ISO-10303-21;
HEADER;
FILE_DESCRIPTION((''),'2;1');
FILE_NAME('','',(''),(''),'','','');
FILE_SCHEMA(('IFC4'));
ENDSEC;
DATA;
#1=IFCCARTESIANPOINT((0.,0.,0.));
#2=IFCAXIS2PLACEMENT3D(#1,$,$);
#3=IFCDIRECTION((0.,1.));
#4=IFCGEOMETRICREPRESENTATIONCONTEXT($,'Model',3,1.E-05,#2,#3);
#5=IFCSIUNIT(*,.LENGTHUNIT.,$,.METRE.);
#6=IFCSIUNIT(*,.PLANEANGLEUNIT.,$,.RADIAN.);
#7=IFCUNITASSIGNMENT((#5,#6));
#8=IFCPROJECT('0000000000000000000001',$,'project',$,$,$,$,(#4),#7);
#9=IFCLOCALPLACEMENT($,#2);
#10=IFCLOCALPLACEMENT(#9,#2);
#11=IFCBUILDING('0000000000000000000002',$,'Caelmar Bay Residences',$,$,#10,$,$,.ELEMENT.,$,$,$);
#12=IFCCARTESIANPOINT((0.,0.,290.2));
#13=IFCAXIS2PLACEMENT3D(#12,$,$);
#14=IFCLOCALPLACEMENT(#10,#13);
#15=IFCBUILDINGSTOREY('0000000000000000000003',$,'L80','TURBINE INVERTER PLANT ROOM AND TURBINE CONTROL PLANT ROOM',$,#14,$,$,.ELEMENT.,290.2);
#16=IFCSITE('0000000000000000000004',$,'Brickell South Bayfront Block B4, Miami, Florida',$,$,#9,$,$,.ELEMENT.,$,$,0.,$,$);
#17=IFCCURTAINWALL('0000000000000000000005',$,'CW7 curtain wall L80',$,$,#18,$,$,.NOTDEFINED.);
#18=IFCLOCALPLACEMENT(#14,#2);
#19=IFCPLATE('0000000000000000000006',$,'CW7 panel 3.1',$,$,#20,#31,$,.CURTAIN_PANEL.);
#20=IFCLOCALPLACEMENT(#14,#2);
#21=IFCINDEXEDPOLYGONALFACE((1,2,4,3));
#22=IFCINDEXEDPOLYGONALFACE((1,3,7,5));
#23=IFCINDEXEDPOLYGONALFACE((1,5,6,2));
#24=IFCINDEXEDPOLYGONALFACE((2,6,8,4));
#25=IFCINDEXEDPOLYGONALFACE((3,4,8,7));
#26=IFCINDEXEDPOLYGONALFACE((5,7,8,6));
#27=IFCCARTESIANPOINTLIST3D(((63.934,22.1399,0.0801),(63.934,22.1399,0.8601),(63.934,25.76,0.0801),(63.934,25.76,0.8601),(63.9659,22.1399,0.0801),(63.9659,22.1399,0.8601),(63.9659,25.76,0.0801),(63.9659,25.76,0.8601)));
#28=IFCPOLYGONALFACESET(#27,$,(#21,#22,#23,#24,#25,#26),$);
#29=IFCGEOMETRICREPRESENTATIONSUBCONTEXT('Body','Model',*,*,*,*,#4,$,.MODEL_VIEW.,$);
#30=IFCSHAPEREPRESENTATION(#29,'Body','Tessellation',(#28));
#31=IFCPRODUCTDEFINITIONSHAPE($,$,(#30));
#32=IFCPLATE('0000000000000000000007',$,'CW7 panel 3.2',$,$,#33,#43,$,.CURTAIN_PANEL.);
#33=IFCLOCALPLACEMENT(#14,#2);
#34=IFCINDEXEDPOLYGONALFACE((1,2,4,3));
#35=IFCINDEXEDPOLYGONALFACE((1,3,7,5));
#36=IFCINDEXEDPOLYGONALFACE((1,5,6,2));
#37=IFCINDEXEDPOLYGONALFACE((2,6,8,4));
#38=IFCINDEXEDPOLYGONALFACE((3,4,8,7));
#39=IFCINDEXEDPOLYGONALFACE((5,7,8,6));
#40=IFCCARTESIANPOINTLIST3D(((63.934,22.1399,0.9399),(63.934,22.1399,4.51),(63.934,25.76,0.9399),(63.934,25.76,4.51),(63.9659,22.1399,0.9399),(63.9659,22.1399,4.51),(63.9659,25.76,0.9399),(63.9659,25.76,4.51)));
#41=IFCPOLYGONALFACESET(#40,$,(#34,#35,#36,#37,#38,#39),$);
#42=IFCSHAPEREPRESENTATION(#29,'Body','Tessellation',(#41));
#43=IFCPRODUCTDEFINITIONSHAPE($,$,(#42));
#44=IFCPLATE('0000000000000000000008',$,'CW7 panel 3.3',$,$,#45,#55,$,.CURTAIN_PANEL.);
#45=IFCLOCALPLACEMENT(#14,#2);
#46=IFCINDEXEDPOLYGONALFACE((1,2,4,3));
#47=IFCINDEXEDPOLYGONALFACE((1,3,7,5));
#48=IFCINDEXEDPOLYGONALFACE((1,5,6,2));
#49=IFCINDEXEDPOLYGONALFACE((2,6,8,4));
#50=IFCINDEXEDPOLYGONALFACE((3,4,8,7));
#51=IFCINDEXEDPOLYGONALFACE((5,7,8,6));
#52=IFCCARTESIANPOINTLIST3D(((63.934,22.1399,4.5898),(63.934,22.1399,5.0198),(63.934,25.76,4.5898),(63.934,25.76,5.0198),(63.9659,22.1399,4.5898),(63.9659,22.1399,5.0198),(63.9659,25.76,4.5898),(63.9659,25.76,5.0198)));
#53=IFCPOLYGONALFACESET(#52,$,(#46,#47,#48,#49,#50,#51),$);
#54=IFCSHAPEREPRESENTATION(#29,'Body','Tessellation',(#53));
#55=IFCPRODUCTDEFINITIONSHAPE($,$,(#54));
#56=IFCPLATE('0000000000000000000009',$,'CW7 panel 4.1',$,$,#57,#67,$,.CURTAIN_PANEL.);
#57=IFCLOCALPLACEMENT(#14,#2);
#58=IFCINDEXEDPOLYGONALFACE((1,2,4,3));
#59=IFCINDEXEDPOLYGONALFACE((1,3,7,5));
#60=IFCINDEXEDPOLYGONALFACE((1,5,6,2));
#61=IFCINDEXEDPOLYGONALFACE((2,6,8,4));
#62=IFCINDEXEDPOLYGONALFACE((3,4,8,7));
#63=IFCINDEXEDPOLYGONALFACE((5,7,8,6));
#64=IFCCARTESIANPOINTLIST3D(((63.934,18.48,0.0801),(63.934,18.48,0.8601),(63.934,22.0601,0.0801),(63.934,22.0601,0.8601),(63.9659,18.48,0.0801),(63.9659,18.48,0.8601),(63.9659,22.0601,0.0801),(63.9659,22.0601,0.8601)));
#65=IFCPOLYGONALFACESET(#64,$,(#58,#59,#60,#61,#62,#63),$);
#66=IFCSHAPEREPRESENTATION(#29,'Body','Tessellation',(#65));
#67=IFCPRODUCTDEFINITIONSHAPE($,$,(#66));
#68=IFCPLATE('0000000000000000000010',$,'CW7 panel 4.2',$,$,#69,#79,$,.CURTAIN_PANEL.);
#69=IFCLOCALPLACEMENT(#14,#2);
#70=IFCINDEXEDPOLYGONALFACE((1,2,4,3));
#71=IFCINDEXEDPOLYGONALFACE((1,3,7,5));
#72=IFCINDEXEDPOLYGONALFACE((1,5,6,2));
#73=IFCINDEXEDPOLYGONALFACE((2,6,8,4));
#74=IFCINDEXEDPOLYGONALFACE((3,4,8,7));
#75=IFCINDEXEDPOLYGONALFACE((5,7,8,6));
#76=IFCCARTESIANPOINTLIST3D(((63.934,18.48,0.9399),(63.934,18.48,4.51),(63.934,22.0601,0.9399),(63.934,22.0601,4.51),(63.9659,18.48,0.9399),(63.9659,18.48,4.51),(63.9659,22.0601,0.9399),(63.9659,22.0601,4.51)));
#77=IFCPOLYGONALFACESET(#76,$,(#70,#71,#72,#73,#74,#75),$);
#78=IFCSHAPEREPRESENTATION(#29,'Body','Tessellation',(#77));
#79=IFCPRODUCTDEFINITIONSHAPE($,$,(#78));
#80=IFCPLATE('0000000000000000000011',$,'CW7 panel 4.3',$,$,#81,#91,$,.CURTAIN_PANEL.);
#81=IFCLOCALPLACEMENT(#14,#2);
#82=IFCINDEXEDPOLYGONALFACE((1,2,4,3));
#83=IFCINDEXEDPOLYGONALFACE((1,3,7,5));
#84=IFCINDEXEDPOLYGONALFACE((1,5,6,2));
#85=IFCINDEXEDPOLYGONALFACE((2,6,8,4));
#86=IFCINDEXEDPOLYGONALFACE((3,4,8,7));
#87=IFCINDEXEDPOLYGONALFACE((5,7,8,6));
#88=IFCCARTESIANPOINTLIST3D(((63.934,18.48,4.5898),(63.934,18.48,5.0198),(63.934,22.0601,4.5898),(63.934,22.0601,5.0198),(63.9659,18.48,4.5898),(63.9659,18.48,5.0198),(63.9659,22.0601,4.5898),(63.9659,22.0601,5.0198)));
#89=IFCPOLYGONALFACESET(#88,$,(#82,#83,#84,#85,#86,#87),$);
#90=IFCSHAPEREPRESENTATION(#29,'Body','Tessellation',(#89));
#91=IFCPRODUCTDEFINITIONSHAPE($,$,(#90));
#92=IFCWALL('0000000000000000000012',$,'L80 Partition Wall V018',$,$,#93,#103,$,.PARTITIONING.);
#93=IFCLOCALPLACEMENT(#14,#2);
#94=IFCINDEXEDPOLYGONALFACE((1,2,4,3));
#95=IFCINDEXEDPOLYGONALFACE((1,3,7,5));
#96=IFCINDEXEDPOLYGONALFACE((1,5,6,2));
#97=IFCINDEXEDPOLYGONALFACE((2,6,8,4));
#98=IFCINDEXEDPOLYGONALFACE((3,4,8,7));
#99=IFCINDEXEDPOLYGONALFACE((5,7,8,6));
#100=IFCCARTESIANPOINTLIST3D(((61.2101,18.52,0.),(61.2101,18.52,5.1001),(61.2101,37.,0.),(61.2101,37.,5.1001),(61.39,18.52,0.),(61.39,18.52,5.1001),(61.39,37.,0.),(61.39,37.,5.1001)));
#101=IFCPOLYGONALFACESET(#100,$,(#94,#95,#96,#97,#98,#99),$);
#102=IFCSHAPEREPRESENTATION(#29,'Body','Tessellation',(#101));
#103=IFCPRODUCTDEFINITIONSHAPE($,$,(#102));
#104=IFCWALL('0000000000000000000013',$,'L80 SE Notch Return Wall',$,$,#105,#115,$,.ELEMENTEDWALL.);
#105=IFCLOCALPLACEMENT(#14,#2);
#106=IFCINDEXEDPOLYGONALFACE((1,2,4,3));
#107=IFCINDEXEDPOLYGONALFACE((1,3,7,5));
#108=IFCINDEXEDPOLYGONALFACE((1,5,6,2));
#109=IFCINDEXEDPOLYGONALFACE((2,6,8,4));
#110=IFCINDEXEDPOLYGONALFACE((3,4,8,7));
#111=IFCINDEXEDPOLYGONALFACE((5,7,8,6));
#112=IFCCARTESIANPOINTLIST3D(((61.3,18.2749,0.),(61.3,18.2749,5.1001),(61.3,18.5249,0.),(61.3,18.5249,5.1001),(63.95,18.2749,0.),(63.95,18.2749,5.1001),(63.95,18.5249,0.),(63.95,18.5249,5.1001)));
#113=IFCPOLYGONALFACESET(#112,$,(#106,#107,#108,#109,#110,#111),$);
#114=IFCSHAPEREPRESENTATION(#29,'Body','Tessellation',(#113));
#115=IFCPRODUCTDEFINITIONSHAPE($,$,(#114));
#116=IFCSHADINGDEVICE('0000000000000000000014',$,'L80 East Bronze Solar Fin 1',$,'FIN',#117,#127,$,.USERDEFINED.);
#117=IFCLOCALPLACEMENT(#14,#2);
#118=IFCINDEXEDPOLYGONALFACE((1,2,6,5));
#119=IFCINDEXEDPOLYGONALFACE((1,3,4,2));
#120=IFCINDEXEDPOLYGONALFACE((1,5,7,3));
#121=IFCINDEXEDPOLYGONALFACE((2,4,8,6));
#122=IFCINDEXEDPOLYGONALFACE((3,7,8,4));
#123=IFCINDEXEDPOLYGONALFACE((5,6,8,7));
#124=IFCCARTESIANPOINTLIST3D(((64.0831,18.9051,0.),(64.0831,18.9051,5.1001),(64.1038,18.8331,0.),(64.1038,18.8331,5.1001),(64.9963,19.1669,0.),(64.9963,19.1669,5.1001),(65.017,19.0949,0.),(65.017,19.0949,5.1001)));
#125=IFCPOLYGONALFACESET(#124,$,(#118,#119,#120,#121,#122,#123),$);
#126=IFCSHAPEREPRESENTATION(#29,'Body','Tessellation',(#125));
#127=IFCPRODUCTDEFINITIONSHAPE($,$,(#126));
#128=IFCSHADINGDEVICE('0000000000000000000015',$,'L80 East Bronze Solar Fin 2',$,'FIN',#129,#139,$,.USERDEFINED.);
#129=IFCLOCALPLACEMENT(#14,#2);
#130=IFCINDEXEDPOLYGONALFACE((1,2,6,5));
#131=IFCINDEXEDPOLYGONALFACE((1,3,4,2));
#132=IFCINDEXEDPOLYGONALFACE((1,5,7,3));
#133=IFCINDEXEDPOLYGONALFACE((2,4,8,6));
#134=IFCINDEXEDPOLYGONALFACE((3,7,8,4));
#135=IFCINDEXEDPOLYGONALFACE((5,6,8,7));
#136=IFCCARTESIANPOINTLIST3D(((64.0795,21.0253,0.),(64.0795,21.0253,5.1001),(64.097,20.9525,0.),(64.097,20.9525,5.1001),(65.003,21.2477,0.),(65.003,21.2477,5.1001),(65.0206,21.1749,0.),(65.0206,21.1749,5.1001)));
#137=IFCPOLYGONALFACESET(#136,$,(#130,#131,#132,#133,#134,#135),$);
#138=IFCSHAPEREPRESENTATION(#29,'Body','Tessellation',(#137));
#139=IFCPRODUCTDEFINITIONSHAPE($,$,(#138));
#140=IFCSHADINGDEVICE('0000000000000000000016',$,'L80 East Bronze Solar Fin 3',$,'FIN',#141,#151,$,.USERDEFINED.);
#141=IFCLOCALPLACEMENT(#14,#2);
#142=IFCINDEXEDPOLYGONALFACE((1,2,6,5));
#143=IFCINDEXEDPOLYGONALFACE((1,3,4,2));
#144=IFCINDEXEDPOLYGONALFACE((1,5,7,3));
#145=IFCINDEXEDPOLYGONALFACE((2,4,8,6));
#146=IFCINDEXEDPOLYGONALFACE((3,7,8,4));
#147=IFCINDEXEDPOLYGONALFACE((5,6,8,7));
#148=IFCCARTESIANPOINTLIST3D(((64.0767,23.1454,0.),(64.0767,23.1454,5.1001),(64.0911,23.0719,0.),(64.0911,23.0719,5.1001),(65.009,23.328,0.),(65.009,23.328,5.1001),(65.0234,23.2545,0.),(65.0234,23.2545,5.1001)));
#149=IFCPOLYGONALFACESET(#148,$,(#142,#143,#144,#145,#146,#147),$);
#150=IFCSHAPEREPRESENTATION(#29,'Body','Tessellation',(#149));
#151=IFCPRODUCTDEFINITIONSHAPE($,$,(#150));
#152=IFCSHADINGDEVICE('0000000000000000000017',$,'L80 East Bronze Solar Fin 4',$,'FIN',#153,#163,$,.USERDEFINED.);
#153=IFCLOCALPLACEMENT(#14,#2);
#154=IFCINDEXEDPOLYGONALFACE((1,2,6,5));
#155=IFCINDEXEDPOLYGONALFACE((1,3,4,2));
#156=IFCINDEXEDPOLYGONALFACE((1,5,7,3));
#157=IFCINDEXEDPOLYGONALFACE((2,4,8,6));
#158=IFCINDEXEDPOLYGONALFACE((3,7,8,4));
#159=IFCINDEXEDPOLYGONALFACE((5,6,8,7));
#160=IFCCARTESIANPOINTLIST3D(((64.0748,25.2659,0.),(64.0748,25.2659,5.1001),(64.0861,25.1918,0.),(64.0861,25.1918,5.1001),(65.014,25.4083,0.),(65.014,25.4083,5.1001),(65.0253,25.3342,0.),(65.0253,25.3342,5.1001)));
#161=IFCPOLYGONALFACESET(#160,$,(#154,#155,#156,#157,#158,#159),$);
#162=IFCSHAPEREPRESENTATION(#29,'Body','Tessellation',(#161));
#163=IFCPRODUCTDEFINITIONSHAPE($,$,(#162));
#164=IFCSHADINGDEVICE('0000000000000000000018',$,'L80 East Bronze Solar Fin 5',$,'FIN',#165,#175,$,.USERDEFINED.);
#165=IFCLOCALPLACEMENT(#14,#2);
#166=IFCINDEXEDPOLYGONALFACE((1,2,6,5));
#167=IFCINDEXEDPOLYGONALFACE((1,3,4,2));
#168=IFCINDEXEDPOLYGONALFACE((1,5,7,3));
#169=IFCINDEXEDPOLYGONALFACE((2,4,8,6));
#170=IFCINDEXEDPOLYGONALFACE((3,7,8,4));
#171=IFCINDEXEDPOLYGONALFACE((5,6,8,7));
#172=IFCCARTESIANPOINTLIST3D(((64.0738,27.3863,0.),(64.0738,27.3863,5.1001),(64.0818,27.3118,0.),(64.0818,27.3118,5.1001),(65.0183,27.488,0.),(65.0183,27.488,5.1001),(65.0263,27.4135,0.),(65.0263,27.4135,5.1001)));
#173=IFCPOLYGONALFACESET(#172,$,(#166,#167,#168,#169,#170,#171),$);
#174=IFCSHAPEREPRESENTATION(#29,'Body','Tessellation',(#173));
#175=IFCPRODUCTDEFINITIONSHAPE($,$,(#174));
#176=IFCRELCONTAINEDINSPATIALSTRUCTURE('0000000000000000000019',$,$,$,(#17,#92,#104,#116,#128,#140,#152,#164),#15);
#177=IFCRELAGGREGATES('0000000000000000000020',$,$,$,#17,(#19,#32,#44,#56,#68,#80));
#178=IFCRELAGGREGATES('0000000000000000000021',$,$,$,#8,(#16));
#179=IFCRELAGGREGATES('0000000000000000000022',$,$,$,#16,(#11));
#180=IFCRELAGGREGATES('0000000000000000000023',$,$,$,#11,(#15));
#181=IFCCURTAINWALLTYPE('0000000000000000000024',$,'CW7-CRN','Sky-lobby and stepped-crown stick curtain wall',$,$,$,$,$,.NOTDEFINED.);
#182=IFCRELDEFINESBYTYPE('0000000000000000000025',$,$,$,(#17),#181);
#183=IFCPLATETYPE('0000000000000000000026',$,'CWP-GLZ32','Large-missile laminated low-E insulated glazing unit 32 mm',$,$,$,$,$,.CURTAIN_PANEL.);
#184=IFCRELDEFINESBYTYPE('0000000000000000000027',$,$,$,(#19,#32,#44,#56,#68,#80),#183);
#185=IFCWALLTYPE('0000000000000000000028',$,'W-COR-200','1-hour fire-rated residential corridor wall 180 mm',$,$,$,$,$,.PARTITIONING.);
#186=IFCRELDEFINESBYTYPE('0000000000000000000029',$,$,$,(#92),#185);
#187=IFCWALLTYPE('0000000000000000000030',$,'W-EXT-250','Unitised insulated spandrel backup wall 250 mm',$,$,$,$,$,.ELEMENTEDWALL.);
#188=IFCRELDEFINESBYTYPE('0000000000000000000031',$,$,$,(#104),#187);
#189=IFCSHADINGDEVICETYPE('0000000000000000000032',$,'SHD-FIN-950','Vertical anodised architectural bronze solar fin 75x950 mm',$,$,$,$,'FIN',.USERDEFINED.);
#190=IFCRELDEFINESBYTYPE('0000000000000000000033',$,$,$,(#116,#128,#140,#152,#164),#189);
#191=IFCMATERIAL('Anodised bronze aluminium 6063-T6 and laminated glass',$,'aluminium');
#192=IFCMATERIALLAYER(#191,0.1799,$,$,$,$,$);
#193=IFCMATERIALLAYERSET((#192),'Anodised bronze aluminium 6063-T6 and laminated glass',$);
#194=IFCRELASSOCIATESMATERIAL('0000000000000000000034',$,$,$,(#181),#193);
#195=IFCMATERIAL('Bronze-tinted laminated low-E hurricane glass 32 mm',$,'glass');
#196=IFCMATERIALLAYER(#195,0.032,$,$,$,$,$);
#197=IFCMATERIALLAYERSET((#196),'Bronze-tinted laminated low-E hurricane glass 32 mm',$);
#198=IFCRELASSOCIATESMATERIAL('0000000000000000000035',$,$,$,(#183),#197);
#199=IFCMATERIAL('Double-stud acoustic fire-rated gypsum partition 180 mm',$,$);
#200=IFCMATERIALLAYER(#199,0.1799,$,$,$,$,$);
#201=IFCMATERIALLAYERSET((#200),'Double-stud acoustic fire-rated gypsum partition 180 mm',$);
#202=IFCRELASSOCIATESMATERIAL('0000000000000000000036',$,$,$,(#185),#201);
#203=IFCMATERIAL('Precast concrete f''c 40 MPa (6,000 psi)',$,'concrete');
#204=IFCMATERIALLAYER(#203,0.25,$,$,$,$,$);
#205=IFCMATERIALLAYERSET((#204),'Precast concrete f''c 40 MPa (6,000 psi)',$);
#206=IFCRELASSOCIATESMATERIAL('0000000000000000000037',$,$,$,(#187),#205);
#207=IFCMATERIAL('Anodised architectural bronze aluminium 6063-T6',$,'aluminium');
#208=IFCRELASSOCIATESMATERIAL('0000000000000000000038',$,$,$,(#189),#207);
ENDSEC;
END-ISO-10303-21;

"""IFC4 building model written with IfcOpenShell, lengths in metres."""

from ifc_helpers import new_model, si_unit, direction, frame, frame_2d, origin, origin_2d, place, context, subcontext, project, spatial, rectangle, extrude, material, layer, layer_set, material_profile, profile_set, type_object, element, aggregate, save


model = new_model("IFC4")

# Units and contexts
model_context = context("Model", 3, precision=1e-05, world=origin(), true_north=direction((0.0, 1.0)))
body_context = subcontext(model_context, "Body", "Model", "MODEL_VIEW")
ifc_project = project(units=[si_unit("LENGTHUNIT", "METRE"), si_unit("PLANEANGLEUNIT", "RADIAN")], contexts=[model_context])

# Site, building, storey
site_placement = place(None, origin())
site = spatial("IfcSite", under=ifc_project, at=site_placement, Name="Brickell South Bayfront Block B4, Miami, Florida", CompositionType="ELEMENT", RefElevation=0.0)
building_placement = place(site_placement, origin())
building = spatial("IfcBuilding", under=site, at=building_placement, Name="Caelmar Bay Residences", CompositionType="ELEMENT")
storey_placement = place(building_placement, frame((0.0, 0.0, 290.2)))
storey = spatial("IfcBuildingStorey", under=building, at=storey_placement, Name="L80", Description="TURBINE INVERTER PLANT ROOM AND TURBINE CONTROL PLANT ROOM", CompositionType="ELEMENT", Elevation=290.2)

# Shared definitions
ifc_material_1 = material(Name="Anodised bronze aluminium 6063-T6 and laminated glass", Category="aluminium")

# Curtain wall
ifc_layer_1 = layer(ifc_material_1, 0.1799)
ifc_layer_set_1 = layer_set([ifc_layer_1], Name="Anodised bronze aluminium 6063-T6 and laminated glass")
curtain_wall_type_1 = type_object("IfcCurtainWallType", Name="CW7-CRN", Description="Sky-lobby and stepped-crown stick curtain wall", PredefinedType="NOTDEFINED", material=ifc_layer_set_1)
curtain_wall_1_placement = place(storey_placement, origin())
curtain_wall_1 = element("IfcCurtainWall", 1, at=curtain_wall_1_placement, inside=storey, type_object=curtain_wall_type_1, Name="CW7 curtain wall L80", PredefinedType="NOTDEFINED")

# Plates
ifc_material_2 = material(Name="Bronze-tinted laminated low-E hurricane glass 32 mm", Category="glass")
ifc_layer_2 = layer(ifc_material_2, 0.032)
ifc_layer_set_2 = layer_set([ifc_layer_2], Name="Bronze-tinted laminated low-E hurricane glass 32 mm")
plate_type_1 = type_object("IfcPlateType", Name="CWP-GLZ32", Description="Large-missile laminated low-E insulated glazing unit 32 mm", PredefinedType="CURTAIN_PANEL", material=ifc_layer_set_2)
plate_1_placement = place(storey_placement, frame((63.95, 23.95, 0.0801), z_axis=(0.0, 0.0, 1.0), x_axis=(0.0, -1.0, 0.0)))
plate_1 = element("IfcPlate", 2, at=plate_1_placement, type_object=plate_type_1, Name="CW7 panel 3.1", PredefinedType="CURTAIN_PANEL", context=body_context, shape_type="SweptSolid", body=[
    extrude(rectangle(XDim=3.6201, YDim=0.032, at=origin_2d()), origin(), (0.0, 0.0, 1.0), 0.78),
])
plate_2_placement = place(storey_placement, frame((63.95, 23.95, 0.9399), z_axis=(0.0, 0.0, 1.0), x_axis=(0.0, -1.0, 0.0)))
plate_2 = element("IfcPlate", 3, at=plate_2_placement, type_object=plate_type_1, Name="CW7 panel 3.2", PredefinedType="CURTAIN_PANEL", context=body_context, shape_type="SweptSolid", body=[
    extrude(rectangle(XDim=3.6201, YDim=0.032, at=origin_2d()), origin(), (0.0, 0.0, 1.0), 3.5701),
])
plate_3_placement = place(storey_placement, frame((63.95, 23.95, 4.5898), z_axis=(0.0, 0.0, 1.0), x_axis=(0.0, -1.0, 0.0)))
plate_3 = element("IfcPlate", 4, at=plate_3_placement, type_object=plate_type_1, Name="CW7 panel 3.3", PredefinedType="CURTAIN_PANEL", context=body_context, shape_type="SweptSolid", body=[
    extrude(rectangle(XDim=3.6201, YDim=0.032, at=origin_2d()), origin(), (0.0, 0.0, 1.0), 0.4299),
])
plate_4_placement = place(storey_placement, frame((63.95, 20.27, 0.0801), z_axis=(0.0, 0.0, 1.0), x_axis=(0.0, -1.0, 0.0)))
plate_4 = element("IfcPlate", 5, at=plate_4_placement, type_object=plate_type_1, Name="CW7 panel 4.1", PredefinedType="CURTAIN_PANEL", context=body_context, shape_type="SweptSolid", body=[
    extrude(rectangle(XDim=3.5801, YDim=0.032, at=origin_2d()), origin(), (0.0, 0.0, 1.0), 0.78),
])
plate_5_placement = place(storey_placement, frame((63.95, 20.27, 0.9399), z_axis=(0.0, 0.0, 1.0), x_axis=(0.0, -1.0, 0.0)))
plate_5 = element("IfcPlate", 6, at=plate_5_placement, type_object=plate_type_1, Name="CW7 panel 4.2", PredefinedType="CURTAIN_PANEL", context=body_context, shape_type="SweptSolid", body=[
    extrude(rectangle(XDim=3.5801, YDim=0.032, at=origin_2d()), origin(), (0.0, 0.0, 1.0), 3.5701),
])
plate_6_placement = place(storey_placement, frame((63.95, 20.27, 4.5898), z_axis=(0.0, 0.0, 1.0), x_axis=(0.0, -1.0, 0.0)))
plate_6 = element("IfcPlate", 7, at=plate_6_placement, type_object=plate_type_1, Name="CW7 panel 4.3", PredefinedType="CURTAIN_PANEL", context=body_context, shape_type="SweptSolid", body=[
    extrude(rectangle(XDim=3.5801, YDim=0.032, at=origin_2d()), origin(), (0.0, 0.0, 1.0), 0.4299),
])
aggregate(curtain_wall_1, [plate_1, plate_2, plate_3, plate_4, plate_5, plate_6])

# Walls
ifc_material_3 = material(Name="Double-stud acoustic fire-rated gypsum partition 180 mm")
ifc_layer_3 = layer(ifc_material_3, 0.1799)
ifc_layer_set_3 = layer_set([ifc_layer_3], Name="Double-stud acoustic fire-rated gypsum partition 180 mm")
wall_type_1 = type_object("IfcWallType", Name="W-COR-200", Description="1-hour fire-rated residential corridor wall 180 mm", PredefinedType="PARTITIONING", material=ifc_layer_set_3)
wall_1_placement = place(storey_placement, frame((61.3, 18.52, 0.0), z_axis=(0.0, 0.0, 1.0), x_axis=(0.0, 1.0, 0.0)))
element("IfcWall", 8, at=wall_1_placement, inside=storey, type_object=wall_type_1, Name="L80 Partition Wall V018", PredefinedType="PARTITIONING", context=body_context, shape_type="SweptSolid", body=[
    extrude(rectangle(XDim=18.48, YDim=0.1799, at=frame_2d((9.24, 0.0))), origin(), (0.0, 0.0, 1.0), 5.1001),
])
ifc_material_4 = material(Name="Precast concrete f'c 40 MPa (6,000 psi)", Category="concrete")
ifc_layer_4 = layer(ifc_material_4, 0.25)
ifc_layer_set_4 = layer_set([ifc_layer_4], Name="Precast concrete f'c 40 MPa (6,000 psi)")
wall_type_2 = type_object("IfcWallType", Name="W-EXT-250", Description="Unitised insulated spandrel backup wall 250 mm", PredefinedType="ELEMENTEDWALL", material=ifc_layer_set_4)
wall_2_placement = place(storey_placement, frame((61.3, 18.3999, 0.0), z_axis=(0.0, 0.0, 1.0), x_axis=(1.0, 0.0, 0.0)))
element("IfcWall", 9, at=wall_2_placement, inside=storey, type_object=wall_type_2, Name="L80 SE Notch Return Wall", PredefinedType="ELEMENTEDWALL", context=body_context, shape_type="SweptSolid", body=[
    extrude(rectangle(XDim=2.6499, YDim=0.25, at=frame_2d((1.325, 0.0))), origin(), (0.0, 0.0, 1.0), 5.1001),
])

# Shading devices
ifc_material_5 = material(Name="Anodised architectural bronze aluminium 6063-T6", Category="aluminium")
ifc_material_profile_1 = material_profile(ifc_material_5, rectangle(XDim=0.075, YDim=0.95, at=origin_2d()), Name="BRONZE-FIN-75X950")
ifc_profile_set_1 = profile_set([ifc_material_profile_1], Name="Anodised architectural bronze aluminium 6063-T6")
shading_device_type = type_object("IfcShadingDeviceType", Name="SHD-FIN-950", Description="Vertical anodised architectural bronze solar fin 75x950 mm", ElementType="FIN", PredefinedType="USERDEFINED", material=ifc_profile_set_1)
for number, where, z_axis, x_axis, name in (
    (10, (64.55, 19.0, 0.0), (0.0, 0.0, 1.0), (-0.275637, 0.961262, 0.0), "L80 East Bronze Solar Fin 1"),
    (11, (64.55, 21.1001, 0.0), (0.0, 0.0, 1.0), (-0.234124, 0.972207, 0.0), "L80 East Bronze Solar Fin 2"),
    (12, (64.55, 23.2, 0.0), (0.0, 0.0, 1.0), (-0.192179, 0.98136, 0.0), "L80 East Bronze Solar Fin 3"),
    (13, (64.55, 25.3, 0.0), (0.0, 0.0, 1.0), (-0.14988, 0.988704, 0.0), "L80 East Bronze Solar Fin 4"),
    (14, (64.55, 27.3999, 0.0), (0.0, 0.0, 1.0), (-0.107132, 0.994245, 0.0), "L80 East Bronze Solar Fin 5"),
):
    element("IfcShadingDevice", number, at=place(storey_placement, frame(where, z_axis=z_axis, x_axis=x_axis)), inside=storey, type_object=shading_device_type, Name=name, ObjectType="FIN", PredefinedType="USERDEFINED", context=body_context, shape_type="SweptSolid", body=[
        extrude(rectangle(XDim=0.075, YDim=0.95, at=origin_2d()), origin(), (0.0, 0.0, 1.0), 5.1001),
    ])

save(model, "model.ifc")
